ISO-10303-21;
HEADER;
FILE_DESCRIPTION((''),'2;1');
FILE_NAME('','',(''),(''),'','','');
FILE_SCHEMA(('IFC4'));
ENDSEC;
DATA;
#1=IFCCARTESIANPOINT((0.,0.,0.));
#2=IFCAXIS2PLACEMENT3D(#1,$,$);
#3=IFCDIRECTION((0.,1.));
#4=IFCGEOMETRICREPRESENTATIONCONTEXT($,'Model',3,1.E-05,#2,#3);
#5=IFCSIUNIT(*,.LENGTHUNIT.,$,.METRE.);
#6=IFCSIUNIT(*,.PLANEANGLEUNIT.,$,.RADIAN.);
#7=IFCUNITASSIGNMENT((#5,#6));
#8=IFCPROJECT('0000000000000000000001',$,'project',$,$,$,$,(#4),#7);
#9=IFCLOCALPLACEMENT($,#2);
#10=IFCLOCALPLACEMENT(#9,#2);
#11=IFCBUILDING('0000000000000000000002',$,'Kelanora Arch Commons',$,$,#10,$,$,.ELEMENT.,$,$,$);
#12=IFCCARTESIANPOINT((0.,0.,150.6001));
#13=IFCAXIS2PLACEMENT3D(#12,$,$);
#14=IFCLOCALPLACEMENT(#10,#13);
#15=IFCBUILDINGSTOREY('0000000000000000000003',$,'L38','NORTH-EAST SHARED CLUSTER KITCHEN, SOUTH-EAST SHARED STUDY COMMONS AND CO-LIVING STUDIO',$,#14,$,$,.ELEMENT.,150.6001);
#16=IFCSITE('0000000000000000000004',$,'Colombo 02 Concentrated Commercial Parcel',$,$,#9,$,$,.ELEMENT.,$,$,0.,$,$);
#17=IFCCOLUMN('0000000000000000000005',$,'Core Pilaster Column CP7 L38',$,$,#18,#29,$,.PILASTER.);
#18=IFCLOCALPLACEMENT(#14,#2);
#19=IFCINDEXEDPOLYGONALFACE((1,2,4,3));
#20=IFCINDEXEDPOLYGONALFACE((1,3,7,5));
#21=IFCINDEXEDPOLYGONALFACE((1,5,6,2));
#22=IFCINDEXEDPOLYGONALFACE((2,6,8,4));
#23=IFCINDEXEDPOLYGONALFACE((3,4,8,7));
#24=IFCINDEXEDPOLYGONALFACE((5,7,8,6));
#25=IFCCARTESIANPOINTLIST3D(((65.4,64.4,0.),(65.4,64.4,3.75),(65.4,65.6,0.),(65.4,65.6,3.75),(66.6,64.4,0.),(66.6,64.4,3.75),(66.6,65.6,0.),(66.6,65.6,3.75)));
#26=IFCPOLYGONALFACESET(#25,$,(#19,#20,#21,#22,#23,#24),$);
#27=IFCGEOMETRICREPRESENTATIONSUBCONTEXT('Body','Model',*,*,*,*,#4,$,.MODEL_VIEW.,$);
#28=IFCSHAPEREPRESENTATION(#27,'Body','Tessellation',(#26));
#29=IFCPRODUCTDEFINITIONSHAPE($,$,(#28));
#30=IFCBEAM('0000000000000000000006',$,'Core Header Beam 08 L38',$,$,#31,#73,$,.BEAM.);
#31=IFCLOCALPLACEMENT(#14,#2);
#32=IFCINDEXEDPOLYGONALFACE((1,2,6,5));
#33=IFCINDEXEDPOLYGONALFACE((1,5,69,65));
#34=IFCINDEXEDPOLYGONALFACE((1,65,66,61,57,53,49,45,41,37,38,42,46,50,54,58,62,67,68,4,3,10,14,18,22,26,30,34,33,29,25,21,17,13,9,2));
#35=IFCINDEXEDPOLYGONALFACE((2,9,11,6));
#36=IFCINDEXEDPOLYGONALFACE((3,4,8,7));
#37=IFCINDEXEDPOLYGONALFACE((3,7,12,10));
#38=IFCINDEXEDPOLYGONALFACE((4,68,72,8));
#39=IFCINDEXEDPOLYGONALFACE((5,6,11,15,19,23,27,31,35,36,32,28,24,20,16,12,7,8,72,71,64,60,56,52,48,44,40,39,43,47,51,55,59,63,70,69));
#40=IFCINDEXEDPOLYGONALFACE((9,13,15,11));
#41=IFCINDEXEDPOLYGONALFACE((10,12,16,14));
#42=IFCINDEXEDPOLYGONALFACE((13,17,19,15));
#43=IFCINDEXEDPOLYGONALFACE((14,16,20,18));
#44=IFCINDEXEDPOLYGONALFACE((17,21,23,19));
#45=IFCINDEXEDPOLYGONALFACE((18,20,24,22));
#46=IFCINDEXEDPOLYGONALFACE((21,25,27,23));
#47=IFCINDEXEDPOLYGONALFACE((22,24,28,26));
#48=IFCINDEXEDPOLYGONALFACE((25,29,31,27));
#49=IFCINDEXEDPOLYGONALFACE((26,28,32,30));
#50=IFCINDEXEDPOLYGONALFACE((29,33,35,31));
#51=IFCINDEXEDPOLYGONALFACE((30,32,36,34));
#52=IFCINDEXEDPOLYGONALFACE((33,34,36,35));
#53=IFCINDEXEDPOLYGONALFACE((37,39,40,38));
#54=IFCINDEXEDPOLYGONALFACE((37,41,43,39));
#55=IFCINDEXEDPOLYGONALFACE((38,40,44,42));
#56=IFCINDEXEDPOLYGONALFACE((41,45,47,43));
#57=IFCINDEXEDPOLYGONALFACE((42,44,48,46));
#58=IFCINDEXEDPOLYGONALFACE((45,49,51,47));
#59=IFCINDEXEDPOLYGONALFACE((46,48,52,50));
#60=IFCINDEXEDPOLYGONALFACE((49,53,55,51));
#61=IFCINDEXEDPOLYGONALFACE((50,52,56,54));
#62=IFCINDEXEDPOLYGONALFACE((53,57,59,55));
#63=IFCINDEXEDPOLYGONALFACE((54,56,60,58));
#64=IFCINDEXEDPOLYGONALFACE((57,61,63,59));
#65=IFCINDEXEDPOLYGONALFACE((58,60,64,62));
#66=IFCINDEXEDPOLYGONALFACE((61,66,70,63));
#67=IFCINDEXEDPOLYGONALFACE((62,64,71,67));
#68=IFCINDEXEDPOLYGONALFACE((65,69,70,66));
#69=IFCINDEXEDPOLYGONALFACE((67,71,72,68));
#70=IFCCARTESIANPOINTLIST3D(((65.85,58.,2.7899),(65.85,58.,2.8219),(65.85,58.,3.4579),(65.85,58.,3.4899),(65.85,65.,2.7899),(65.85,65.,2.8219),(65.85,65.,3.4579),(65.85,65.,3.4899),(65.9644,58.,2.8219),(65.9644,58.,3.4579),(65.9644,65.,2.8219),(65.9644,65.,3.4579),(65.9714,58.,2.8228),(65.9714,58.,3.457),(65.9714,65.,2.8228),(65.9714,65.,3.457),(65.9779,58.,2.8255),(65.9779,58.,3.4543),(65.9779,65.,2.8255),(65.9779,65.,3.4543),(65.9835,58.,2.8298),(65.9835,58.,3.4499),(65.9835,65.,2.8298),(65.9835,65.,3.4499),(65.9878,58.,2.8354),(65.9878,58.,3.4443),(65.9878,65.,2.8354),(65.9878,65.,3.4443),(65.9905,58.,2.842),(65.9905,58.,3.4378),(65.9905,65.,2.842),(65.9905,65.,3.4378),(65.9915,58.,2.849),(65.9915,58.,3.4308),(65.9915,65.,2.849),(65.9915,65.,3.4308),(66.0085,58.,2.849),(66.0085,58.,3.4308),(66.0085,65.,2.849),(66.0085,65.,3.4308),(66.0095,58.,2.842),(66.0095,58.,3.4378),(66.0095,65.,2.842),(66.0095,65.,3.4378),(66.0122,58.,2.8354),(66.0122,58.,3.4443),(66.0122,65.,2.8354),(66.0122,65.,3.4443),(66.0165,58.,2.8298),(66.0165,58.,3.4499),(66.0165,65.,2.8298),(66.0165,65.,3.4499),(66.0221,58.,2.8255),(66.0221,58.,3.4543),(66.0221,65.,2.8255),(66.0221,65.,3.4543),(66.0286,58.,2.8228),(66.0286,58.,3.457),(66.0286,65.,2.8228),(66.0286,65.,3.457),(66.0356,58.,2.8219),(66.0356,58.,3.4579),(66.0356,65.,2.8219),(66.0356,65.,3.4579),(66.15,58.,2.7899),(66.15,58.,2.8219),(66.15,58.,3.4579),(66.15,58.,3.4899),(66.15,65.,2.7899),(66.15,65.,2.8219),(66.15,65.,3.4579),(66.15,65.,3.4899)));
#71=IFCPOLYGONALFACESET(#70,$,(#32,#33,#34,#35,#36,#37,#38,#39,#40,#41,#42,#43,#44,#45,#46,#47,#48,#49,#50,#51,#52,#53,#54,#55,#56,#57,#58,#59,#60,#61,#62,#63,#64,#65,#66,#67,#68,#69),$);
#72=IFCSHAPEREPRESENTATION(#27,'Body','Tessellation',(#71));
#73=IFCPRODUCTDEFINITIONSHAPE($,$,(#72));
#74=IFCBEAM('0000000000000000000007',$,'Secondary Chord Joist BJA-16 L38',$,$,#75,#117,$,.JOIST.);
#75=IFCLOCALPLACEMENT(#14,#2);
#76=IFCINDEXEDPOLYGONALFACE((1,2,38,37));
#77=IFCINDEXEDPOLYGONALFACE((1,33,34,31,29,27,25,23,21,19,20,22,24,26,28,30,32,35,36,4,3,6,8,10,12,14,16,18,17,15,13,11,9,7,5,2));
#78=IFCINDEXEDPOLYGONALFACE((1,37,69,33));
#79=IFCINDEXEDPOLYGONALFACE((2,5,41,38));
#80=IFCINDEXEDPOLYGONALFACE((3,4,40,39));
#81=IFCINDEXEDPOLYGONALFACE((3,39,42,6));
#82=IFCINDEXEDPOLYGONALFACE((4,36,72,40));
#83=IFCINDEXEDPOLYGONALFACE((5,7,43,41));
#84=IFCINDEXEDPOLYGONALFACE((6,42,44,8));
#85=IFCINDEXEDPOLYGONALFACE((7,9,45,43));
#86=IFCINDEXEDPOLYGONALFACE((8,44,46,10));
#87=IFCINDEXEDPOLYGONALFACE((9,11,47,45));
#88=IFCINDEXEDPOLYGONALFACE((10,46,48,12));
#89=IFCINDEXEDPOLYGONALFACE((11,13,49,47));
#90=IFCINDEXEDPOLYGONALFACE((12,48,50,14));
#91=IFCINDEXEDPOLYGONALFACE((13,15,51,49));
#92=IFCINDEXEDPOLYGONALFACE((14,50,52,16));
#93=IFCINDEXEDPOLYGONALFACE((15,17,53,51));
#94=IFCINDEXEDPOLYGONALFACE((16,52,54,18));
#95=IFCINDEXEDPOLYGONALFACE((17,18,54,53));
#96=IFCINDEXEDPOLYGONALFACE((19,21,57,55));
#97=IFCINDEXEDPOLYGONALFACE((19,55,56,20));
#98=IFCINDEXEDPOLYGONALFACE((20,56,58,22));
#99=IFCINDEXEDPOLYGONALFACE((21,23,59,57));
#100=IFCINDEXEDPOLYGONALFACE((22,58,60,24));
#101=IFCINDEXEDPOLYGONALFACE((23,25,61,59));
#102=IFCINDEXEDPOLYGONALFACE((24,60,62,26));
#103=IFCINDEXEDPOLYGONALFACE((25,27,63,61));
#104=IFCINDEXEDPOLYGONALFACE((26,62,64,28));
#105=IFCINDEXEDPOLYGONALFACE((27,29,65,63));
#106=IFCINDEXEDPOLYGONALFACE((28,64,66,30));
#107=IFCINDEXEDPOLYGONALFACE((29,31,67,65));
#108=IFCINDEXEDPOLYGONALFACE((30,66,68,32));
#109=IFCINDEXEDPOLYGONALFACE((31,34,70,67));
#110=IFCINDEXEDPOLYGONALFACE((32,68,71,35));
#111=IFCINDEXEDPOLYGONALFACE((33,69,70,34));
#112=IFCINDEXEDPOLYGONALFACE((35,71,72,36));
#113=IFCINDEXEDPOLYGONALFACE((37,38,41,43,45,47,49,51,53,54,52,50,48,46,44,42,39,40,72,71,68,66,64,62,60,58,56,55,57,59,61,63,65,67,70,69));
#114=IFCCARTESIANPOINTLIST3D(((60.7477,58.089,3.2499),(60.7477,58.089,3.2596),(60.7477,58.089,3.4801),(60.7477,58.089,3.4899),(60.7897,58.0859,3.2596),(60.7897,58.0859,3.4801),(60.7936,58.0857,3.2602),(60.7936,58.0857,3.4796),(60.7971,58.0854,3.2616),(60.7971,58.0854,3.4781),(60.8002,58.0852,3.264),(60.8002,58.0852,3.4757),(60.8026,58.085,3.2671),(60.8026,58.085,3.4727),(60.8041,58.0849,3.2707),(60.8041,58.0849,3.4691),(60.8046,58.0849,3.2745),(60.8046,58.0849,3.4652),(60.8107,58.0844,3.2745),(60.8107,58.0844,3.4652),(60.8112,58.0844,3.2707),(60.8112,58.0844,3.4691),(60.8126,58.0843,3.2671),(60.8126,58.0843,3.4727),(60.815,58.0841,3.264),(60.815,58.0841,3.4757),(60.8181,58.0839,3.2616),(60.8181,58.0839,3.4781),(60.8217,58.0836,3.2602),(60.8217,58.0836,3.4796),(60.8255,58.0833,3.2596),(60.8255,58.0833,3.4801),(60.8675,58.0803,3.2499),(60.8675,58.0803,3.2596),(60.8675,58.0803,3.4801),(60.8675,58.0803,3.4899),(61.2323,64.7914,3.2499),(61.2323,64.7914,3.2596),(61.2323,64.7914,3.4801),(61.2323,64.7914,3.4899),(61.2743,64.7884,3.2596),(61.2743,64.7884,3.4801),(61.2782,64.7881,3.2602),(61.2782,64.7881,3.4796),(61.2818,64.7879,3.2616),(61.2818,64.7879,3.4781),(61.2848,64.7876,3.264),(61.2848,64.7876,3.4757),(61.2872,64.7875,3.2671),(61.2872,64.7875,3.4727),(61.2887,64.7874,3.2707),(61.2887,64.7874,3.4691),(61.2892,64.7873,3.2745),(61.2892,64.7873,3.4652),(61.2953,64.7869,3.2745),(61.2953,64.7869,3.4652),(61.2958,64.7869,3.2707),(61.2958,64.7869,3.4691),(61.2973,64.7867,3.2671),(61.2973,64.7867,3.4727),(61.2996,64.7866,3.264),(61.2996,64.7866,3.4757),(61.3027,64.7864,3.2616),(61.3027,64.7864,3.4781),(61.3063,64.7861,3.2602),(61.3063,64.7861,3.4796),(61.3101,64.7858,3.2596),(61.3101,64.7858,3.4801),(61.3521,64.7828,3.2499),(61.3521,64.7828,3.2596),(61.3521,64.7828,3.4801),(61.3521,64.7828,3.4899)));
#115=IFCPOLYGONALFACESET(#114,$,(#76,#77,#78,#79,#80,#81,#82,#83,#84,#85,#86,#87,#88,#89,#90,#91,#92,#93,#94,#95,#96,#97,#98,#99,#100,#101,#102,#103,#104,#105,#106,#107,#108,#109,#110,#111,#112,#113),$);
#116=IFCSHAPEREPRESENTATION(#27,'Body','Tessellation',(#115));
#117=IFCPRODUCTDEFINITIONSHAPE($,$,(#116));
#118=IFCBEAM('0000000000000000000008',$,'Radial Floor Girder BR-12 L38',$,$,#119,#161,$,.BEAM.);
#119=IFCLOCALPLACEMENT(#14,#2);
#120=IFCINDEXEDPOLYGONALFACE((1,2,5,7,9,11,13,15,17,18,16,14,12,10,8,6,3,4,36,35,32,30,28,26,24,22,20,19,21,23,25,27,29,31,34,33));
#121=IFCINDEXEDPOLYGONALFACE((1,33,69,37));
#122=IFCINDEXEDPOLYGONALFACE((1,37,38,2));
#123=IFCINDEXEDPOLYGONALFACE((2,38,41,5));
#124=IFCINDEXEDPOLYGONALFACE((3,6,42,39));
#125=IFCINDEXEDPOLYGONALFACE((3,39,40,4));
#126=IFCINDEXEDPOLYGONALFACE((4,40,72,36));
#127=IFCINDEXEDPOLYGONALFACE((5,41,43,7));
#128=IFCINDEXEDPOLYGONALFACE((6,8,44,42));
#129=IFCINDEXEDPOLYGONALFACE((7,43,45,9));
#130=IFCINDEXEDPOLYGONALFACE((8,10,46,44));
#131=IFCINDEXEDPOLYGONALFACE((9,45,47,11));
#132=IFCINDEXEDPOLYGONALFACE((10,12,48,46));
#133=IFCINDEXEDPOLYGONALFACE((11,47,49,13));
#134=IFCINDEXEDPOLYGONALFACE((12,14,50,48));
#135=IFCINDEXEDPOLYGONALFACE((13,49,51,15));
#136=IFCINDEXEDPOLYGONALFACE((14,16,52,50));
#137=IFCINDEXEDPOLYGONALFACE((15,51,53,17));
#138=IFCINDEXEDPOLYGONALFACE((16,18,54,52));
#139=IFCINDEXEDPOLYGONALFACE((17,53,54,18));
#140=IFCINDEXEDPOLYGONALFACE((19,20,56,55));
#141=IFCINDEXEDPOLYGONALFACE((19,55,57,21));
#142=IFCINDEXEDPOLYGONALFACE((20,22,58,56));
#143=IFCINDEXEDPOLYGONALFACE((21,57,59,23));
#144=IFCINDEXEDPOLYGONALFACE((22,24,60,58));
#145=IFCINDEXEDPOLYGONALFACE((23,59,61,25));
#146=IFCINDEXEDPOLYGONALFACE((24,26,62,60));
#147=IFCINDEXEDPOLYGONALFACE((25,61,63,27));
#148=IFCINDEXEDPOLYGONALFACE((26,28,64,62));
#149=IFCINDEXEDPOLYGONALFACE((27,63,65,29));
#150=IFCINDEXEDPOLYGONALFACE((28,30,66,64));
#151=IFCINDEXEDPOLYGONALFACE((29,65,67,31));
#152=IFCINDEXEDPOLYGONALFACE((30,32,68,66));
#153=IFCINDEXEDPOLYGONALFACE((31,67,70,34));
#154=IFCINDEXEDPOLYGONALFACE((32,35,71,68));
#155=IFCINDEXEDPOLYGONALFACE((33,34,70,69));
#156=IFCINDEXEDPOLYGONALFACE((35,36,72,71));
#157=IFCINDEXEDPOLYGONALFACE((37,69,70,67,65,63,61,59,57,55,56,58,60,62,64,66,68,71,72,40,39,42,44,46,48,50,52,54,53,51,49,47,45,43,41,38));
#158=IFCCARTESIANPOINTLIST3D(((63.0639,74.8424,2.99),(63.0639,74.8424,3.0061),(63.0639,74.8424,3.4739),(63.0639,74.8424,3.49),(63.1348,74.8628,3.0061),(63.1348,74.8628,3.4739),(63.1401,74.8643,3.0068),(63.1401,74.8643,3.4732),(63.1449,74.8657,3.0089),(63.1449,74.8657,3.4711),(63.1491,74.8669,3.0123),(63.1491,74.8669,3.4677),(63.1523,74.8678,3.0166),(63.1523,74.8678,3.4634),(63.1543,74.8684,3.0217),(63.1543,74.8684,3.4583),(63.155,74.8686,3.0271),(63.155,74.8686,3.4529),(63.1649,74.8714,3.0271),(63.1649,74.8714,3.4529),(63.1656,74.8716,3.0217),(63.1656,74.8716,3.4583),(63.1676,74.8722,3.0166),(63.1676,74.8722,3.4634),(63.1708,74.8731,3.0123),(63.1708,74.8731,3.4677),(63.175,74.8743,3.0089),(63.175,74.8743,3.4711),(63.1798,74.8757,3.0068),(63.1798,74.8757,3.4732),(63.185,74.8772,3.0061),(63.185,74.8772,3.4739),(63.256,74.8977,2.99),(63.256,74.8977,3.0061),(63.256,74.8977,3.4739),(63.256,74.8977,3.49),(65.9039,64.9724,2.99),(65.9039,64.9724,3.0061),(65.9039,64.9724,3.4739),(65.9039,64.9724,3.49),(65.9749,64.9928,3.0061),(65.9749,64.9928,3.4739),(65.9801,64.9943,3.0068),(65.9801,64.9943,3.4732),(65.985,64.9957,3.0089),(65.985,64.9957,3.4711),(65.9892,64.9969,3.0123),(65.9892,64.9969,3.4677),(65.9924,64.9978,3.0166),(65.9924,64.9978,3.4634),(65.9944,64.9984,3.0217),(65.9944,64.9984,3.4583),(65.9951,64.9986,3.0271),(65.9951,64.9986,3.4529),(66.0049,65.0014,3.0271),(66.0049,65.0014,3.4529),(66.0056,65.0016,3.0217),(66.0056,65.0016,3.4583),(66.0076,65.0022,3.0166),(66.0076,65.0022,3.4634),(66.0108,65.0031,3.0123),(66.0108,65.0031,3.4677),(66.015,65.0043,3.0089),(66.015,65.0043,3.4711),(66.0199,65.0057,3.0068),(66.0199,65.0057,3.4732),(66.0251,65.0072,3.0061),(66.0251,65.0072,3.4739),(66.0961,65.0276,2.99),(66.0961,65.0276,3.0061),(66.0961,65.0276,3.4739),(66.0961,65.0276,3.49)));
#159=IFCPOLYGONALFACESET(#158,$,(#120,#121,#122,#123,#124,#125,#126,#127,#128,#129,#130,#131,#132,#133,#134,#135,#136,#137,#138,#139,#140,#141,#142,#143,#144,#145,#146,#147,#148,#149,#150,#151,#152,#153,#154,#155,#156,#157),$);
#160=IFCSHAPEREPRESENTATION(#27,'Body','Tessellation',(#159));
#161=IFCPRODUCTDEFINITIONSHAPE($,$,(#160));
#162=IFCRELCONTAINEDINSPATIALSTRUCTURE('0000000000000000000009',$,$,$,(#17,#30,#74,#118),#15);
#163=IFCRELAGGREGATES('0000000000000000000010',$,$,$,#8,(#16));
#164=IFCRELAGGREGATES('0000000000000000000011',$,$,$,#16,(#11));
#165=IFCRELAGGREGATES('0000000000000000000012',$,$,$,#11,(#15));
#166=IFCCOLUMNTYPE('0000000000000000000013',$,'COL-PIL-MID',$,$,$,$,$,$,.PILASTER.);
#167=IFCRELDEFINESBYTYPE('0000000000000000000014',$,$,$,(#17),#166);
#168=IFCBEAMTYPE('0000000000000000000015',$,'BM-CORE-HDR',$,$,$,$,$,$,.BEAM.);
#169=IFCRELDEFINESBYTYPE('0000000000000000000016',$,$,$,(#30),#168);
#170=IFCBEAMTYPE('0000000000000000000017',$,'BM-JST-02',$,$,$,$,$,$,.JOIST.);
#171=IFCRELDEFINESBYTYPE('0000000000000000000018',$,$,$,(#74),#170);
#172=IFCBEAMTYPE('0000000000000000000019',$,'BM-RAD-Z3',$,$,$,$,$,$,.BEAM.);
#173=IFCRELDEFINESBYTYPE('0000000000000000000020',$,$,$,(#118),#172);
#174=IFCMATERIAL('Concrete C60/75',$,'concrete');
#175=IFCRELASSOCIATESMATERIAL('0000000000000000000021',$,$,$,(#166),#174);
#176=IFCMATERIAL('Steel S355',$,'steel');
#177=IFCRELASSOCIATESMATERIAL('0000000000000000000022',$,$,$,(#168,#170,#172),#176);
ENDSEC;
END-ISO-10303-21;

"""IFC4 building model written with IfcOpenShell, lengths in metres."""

from ifc_helpers import new_model, si_unit, direction, frame, origin, origin_2d, place, context, subcontext, project, spatial, rectangle, i_section, extrude, material, material_profile, profile_set, type_object, element, save


model = new_model("IFC4")

# Units and contexts
model_context = context("Model", 3, precision=1e-05, world=origin(), true_north=direction((0.0, 1.0)))
body_context = subcontext(model_context, "Body", "Model", "MODEL_VIEW")
ifc_project = project(units=[si_unit("LENGTHUNIT", "METRE"), si_unit("PLANEANGLEUNIT", "RADIAN")], contexts=[model_context])

# Site, building, storey
site_placement = place(None, origin())
site = spatial("IfcSite", under=ifc_project, at=site_placement, Name="Colombo 02 Concentrated Commercial Parcel", CompositionType="ELEMENT", RefElevation=0.0)
building_placement = place(site_placement, origin())
building = spatial("IfcBuilding", under=site, at=building_placement, Name="Kelanora Arch Commons", CompositionType="ELEMENT")
storey_placement = place(building_placement, frame((0.0, 0.0, 150.6001)))
storey = spatial("IfcBuildingStorey", under=building, at=storey_placement, Name="L38", Description="NORTH-EAST SHARED CLUSTER KITCHEN, SOUTH-EAST SHARED STUDY COMMONS AND CO-LIVING STUDIO", CompositionType="ELEMENT", Elevation=150.6001)

# Column
ifc_material_1 = material(Name="Concrete C60/75", Category="concrete")
ifc_material_profile_1 = material_profile(ifc_material_1, rectangle(XDim=1.2, YDim=1.2, at=origin_2d()), Name="RC1200x1200")
ifc_profile_set_1 = profile_set([ifc_material_profile_1], Name="Concrete C60/75")
column_type = type_object("IfcColumnType", Name="COL-PIL-MID", PredefinedType="PILASTER", material=ifc_profile_set_1)
column_placement = place(storey_placement, frame((66.0, 65.0, 0.0), z_axis=(0.0, 0.0, 1.0), x_axis=(1.0, 0.0, 0.0)))
element("IfcColumn", 1, at=column_placement, inside=storey, type_object=column_type, Name="Core Pilaster Column CP7 L38", PredefinedType="PILASTER", context=body_context, shape_type="SweptSolid", body=[
    extrude(rectangle(XDim=1.2, YDim=1.2, at=origin_2d()), origin(), (0.0, 0.0, 1.0), 3.75),
])

# Beams
ifc_material_2 = material(Name="Steel S355", Category="steel")
ifc_material_profile_2 = material_profile(ifc_material_2, i_section(OverallWidth=0.3, OverallDepth=0.7, WebThickness=0.0171, FlangeThickness=0.032, FilletRadius=0.0271, at=origin_2d()), Name="HEB700")
ifc_profile_set_2 = profile_set([ifc_material_profile_2], Name="Steel S355")
beam_type_1 = type_object("IfcBeamType", Name="BM-CORE-HDR", PredefinedType="BEAM", material=ifc_profile_set_2)
beam_1_placement = place(storey_placement, frame((66.0, 65.0, 3.1399), z_axis=(0.0, -1.0, 0.0), x_axis=(1.0, 0.0, 0.0)))
element("IfcBeam", 2, at=beam_1_placement, inside=storey, type_object=beam_type_1, Name="Core Header Beam 08 L38", PredefinedType="BEAM", context=body_context, shape_type="SweptSolid", body=[
    extrude(i_section(OverallWidth=0.3, OverallDepth=0.7, WebThickness=0.0171, FlangeThickness=0.032, FilletRadius=0.0271, at=origin_2d()), origin(), (0.0, 0.0, 1.0), 7.0),
])
ifc_material_profile_3 = material_profile(ifc_material_2, i_section(OverallWidth=0.1201, OverallDepth=0.24, WebThickness=0.0061, FlangeThickness=0.0098, FilletRadius=0.0149, at=origin_2d()), Name="IPE240")
ifc_profile_set_3 = profile_set([ifc_material_profile_3], Name="Steel S355")
beam_type_2 = type_object("IfcBeamType", Name="BM-JST-02", PredefinedType="JOIST", material=ifc_profile_set_3)
beam_2_placement = place(storey_placement, frame((61.2922, 64.7871, 3.3699), z_axis=(-0.072117, -0.997396, 0.0), x_axis=(0.997396, -0.072117, 0.0)))
element("IfcBeam", 3, at=beam_2_placement, inside=storey, type_object=beam_type_2, Name="Secondary Chord Joist BJA-16 L38", PredefinedType="JOIST", context=body_context, shape_type="SweptSolid", body=[
    extrude(i_section(OverallWidth=0.1201, OverallDepth=0.24, WebThickness=0.0061, FlangeThickness=0.0098, FilletRadius=0.0149, at=origin_2d()), origin(), (0.0, 0.0, 1.0), 6.72),
])
ifc_material_profile_4 = material_profile(ifc_material_2, i_section(OverallWidth=0.2, OverallDepth=0.5, WebThickness=0.0103, FlangeThickness=0.0161, FilletRadius=0.021, at=origin_2d()), Name="IPE500")
ifc_profile_set_4 = profile_set([ifc_material_profile_4], Name="Steel S355")
beam_type_3 = type_object("IfcBeamType", Name="BM-RAD-Z3", PredefinedType="BEAM", material=ifc_profile_set_4)
beam_3_placement = place(storey_placement, frame((66.0, 65.0, 3.24), z_axis=(-0.276526, 0.961006, 0.0), x_axis=(-0.961006, -0.276526, 0.0)))
element("IfcBeam", 4, at=beam_3_placement, inside=storey, type_object=beam_type_3, Name="Radial Floor Girder BR-12 L38", PredefinedType="BEAM", context=body_context, shape_type="SweptSolid", body=[
    extrude(i_section(OverallWidth=0.2, OverallDepth=0.5, WebThickness=0.0103, FlangeThickness=0.0161, FilletRadius=0.021, at=origin_2d()), origin(), (0.0, 0.0, 1.0), 10.2705),
])

save(model, "model.ifc")
